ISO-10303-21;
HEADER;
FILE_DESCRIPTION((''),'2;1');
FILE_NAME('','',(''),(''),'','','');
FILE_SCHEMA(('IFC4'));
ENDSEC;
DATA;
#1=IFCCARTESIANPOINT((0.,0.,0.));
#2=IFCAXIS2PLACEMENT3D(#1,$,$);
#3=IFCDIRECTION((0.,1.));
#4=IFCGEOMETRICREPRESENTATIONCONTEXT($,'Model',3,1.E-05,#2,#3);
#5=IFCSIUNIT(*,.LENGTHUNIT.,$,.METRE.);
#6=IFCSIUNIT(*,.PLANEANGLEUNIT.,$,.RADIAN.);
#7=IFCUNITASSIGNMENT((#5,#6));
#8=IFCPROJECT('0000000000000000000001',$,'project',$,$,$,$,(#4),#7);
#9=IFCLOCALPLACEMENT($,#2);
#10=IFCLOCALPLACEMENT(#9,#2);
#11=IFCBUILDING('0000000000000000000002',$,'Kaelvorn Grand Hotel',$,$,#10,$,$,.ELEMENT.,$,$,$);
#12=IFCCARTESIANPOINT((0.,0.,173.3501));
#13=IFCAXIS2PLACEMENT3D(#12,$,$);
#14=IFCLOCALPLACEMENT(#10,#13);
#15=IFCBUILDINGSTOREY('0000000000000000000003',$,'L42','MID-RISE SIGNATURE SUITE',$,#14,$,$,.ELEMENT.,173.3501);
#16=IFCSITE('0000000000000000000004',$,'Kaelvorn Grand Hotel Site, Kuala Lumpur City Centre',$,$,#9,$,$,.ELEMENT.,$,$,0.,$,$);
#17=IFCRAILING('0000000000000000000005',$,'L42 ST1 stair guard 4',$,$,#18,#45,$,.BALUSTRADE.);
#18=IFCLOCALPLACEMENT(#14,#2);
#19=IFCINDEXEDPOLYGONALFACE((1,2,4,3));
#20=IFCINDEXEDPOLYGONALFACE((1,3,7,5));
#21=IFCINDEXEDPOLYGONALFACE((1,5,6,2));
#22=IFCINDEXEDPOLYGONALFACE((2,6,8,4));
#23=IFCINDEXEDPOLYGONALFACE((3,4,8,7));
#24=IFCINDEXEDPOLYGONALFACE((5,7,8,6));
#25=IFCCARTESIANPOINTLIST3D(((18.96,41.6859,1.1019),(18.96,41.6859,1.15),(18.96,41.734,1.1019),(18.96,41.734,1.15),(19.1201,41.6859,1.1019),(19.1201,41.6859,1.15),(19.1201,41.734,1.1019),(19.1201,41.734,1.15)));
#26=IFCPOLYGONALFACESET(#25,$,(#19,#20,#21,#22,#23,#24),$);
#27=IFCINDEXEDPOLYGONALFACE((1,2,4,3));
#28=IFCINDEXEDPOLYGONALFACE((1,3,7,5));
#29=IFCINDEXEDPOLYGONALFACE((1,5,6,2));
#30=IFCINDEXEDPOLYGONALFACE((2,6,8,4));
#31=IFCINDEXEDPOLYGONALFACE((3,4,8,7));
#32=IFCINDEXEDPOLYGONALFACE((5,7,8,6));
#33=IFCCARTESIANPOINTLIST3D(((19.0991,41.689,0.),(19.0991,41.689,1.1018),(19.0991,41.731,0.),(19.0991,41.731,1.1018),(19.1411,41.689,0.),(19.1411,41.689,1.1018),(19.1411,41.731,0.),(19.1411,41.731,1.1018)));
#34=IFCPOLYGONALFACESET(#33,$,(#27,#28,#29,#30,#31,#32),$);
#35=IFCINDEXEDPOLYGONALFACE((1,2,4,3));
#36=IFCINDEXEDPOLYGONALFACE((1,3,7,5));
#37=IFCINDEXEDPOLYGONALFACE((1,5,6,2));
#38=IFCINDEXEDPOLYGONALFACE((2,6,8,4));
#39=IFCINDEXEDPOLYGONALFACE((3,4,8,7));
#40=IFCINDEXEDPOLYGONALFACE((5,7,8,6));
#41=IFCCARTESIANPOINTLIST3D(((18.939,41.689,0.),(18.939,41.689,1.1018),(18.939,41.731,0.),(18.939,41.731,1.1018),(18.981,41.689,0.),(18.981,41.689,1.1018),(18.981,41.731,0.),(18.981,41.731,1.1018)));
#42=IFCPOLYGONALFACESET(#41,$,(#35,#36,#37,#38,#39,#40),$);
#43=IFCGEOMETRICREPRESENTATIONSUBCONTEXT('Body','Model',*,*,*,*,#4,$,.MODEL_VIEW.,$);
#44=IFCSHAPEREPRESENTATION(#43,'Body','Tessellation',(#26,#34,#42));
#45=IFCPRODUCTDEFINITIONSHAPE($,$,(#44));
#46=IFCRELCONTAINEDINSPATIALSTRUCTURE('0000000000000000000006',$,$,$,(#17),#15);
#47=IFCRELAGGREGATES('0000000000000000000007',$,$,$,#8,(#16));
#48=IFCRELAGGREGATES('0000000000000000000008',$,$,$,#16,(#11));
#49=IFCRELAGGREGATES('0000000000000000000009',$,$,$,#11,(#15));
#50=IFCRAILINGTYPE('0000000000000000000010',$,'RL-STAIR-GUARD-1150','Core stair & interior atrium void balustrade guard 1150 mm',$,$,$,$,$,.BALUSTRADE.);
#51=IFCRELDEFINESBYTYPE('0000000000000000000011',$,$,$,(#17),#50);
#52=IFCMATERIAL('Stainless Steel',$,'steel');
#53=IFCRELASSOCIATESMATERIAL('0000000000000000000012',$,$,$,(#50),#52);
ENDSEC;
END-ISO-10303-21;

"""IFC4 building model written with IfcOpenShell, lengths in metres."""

from ifc_helpers import new_model, si_unit, direction, frame, origin, origin_2d, place, context, subcontext, project, spatial, rectangle, extrude, material, type_object, element, save


model = new_model("IFC4")

# Units and contexts
model_context = context("Model", 3, precision=1e-05, world=origin(), true_north=direction((0.0, 1.0)))
body_context = subcontext(model_context, "Body", "Model", "MODEL_VIEW")
ifc_project = project(units=[si_unit("LENGTHUNIT", "METRE"), si_unit("PLANEANGLEUNIT", "RADIAN")], contexts=[model_context])

# Site, building, storey
site_placement = place(None, origin())
site = spatial("IfcSite", under=ifc_project, at=site_placement, Name="Kaelvorn Grand Hotel Site, Kuala Lumpur City Centre", CompositionType="ELEMENT", RefElevation=0.0)
building_placement = place(site_placement, origin())
building = spatial("IfcBuilding", under=site, at=building_placement, Name="Kaelvorn Grand Hotel", CompositionType="ELEMENT")
storey_placement = place(building_placement, frame((0.0, 0.0, 173.3501)))
storey = spatial("IfcBuildingStorey", under=building, at=storey_placement, Name="L42", Description="MID-RISE SIGNATURE SUITE", CompositionType="ELEMENT", Elevation=173.3501)

# Railing
ifc_material_1 = material(Name="Stainless Steel", Category="steel")
railing_type_1 = type_object("IfcRailingType", Name="RL-STAIR-GUARD-1150", Description="Core stair & interior atrium void balustrade guard 1150 mm", PredefinedType="BALUSTRADE", material=ifc_material_1)
railing_1_placement = place(storey_placement, frame((19.1201, 41.71, 0.0)))
element("IfcRailing", 1, at=railing_1_placement, inside=storey, type_object=railing_type_1, Name="L42 ST1 stair guard 4", PredefinedType="BALUSTRADE", context=body_context, shape_type="SweptSolid", body=[
    extrude(rectangle(XDim=0.0481, YDim=0.0481, at=origin_2d()), frame((0.0, 0.0, 1.126), z_axis=(-1.0, 0.0, 0.0), x_axis=(0.0, -1.0, 0.0)), (0.0, 0.0, 1.0), 0.1602),
    extrude(rectangle(XDim=0.042, YDim=0.042, at=origin_2d()), origin(), (0.0, 0.0, 1.0), 1.1018),
    extrude(rectangle(XDim=0.042, YDim=0.042, at=origin_2d()), frame((-0.1602, 0.0, 0.0)), (0.0, 0.0, 1.0), 1.1018),
])

save(model, "model.ifc")
